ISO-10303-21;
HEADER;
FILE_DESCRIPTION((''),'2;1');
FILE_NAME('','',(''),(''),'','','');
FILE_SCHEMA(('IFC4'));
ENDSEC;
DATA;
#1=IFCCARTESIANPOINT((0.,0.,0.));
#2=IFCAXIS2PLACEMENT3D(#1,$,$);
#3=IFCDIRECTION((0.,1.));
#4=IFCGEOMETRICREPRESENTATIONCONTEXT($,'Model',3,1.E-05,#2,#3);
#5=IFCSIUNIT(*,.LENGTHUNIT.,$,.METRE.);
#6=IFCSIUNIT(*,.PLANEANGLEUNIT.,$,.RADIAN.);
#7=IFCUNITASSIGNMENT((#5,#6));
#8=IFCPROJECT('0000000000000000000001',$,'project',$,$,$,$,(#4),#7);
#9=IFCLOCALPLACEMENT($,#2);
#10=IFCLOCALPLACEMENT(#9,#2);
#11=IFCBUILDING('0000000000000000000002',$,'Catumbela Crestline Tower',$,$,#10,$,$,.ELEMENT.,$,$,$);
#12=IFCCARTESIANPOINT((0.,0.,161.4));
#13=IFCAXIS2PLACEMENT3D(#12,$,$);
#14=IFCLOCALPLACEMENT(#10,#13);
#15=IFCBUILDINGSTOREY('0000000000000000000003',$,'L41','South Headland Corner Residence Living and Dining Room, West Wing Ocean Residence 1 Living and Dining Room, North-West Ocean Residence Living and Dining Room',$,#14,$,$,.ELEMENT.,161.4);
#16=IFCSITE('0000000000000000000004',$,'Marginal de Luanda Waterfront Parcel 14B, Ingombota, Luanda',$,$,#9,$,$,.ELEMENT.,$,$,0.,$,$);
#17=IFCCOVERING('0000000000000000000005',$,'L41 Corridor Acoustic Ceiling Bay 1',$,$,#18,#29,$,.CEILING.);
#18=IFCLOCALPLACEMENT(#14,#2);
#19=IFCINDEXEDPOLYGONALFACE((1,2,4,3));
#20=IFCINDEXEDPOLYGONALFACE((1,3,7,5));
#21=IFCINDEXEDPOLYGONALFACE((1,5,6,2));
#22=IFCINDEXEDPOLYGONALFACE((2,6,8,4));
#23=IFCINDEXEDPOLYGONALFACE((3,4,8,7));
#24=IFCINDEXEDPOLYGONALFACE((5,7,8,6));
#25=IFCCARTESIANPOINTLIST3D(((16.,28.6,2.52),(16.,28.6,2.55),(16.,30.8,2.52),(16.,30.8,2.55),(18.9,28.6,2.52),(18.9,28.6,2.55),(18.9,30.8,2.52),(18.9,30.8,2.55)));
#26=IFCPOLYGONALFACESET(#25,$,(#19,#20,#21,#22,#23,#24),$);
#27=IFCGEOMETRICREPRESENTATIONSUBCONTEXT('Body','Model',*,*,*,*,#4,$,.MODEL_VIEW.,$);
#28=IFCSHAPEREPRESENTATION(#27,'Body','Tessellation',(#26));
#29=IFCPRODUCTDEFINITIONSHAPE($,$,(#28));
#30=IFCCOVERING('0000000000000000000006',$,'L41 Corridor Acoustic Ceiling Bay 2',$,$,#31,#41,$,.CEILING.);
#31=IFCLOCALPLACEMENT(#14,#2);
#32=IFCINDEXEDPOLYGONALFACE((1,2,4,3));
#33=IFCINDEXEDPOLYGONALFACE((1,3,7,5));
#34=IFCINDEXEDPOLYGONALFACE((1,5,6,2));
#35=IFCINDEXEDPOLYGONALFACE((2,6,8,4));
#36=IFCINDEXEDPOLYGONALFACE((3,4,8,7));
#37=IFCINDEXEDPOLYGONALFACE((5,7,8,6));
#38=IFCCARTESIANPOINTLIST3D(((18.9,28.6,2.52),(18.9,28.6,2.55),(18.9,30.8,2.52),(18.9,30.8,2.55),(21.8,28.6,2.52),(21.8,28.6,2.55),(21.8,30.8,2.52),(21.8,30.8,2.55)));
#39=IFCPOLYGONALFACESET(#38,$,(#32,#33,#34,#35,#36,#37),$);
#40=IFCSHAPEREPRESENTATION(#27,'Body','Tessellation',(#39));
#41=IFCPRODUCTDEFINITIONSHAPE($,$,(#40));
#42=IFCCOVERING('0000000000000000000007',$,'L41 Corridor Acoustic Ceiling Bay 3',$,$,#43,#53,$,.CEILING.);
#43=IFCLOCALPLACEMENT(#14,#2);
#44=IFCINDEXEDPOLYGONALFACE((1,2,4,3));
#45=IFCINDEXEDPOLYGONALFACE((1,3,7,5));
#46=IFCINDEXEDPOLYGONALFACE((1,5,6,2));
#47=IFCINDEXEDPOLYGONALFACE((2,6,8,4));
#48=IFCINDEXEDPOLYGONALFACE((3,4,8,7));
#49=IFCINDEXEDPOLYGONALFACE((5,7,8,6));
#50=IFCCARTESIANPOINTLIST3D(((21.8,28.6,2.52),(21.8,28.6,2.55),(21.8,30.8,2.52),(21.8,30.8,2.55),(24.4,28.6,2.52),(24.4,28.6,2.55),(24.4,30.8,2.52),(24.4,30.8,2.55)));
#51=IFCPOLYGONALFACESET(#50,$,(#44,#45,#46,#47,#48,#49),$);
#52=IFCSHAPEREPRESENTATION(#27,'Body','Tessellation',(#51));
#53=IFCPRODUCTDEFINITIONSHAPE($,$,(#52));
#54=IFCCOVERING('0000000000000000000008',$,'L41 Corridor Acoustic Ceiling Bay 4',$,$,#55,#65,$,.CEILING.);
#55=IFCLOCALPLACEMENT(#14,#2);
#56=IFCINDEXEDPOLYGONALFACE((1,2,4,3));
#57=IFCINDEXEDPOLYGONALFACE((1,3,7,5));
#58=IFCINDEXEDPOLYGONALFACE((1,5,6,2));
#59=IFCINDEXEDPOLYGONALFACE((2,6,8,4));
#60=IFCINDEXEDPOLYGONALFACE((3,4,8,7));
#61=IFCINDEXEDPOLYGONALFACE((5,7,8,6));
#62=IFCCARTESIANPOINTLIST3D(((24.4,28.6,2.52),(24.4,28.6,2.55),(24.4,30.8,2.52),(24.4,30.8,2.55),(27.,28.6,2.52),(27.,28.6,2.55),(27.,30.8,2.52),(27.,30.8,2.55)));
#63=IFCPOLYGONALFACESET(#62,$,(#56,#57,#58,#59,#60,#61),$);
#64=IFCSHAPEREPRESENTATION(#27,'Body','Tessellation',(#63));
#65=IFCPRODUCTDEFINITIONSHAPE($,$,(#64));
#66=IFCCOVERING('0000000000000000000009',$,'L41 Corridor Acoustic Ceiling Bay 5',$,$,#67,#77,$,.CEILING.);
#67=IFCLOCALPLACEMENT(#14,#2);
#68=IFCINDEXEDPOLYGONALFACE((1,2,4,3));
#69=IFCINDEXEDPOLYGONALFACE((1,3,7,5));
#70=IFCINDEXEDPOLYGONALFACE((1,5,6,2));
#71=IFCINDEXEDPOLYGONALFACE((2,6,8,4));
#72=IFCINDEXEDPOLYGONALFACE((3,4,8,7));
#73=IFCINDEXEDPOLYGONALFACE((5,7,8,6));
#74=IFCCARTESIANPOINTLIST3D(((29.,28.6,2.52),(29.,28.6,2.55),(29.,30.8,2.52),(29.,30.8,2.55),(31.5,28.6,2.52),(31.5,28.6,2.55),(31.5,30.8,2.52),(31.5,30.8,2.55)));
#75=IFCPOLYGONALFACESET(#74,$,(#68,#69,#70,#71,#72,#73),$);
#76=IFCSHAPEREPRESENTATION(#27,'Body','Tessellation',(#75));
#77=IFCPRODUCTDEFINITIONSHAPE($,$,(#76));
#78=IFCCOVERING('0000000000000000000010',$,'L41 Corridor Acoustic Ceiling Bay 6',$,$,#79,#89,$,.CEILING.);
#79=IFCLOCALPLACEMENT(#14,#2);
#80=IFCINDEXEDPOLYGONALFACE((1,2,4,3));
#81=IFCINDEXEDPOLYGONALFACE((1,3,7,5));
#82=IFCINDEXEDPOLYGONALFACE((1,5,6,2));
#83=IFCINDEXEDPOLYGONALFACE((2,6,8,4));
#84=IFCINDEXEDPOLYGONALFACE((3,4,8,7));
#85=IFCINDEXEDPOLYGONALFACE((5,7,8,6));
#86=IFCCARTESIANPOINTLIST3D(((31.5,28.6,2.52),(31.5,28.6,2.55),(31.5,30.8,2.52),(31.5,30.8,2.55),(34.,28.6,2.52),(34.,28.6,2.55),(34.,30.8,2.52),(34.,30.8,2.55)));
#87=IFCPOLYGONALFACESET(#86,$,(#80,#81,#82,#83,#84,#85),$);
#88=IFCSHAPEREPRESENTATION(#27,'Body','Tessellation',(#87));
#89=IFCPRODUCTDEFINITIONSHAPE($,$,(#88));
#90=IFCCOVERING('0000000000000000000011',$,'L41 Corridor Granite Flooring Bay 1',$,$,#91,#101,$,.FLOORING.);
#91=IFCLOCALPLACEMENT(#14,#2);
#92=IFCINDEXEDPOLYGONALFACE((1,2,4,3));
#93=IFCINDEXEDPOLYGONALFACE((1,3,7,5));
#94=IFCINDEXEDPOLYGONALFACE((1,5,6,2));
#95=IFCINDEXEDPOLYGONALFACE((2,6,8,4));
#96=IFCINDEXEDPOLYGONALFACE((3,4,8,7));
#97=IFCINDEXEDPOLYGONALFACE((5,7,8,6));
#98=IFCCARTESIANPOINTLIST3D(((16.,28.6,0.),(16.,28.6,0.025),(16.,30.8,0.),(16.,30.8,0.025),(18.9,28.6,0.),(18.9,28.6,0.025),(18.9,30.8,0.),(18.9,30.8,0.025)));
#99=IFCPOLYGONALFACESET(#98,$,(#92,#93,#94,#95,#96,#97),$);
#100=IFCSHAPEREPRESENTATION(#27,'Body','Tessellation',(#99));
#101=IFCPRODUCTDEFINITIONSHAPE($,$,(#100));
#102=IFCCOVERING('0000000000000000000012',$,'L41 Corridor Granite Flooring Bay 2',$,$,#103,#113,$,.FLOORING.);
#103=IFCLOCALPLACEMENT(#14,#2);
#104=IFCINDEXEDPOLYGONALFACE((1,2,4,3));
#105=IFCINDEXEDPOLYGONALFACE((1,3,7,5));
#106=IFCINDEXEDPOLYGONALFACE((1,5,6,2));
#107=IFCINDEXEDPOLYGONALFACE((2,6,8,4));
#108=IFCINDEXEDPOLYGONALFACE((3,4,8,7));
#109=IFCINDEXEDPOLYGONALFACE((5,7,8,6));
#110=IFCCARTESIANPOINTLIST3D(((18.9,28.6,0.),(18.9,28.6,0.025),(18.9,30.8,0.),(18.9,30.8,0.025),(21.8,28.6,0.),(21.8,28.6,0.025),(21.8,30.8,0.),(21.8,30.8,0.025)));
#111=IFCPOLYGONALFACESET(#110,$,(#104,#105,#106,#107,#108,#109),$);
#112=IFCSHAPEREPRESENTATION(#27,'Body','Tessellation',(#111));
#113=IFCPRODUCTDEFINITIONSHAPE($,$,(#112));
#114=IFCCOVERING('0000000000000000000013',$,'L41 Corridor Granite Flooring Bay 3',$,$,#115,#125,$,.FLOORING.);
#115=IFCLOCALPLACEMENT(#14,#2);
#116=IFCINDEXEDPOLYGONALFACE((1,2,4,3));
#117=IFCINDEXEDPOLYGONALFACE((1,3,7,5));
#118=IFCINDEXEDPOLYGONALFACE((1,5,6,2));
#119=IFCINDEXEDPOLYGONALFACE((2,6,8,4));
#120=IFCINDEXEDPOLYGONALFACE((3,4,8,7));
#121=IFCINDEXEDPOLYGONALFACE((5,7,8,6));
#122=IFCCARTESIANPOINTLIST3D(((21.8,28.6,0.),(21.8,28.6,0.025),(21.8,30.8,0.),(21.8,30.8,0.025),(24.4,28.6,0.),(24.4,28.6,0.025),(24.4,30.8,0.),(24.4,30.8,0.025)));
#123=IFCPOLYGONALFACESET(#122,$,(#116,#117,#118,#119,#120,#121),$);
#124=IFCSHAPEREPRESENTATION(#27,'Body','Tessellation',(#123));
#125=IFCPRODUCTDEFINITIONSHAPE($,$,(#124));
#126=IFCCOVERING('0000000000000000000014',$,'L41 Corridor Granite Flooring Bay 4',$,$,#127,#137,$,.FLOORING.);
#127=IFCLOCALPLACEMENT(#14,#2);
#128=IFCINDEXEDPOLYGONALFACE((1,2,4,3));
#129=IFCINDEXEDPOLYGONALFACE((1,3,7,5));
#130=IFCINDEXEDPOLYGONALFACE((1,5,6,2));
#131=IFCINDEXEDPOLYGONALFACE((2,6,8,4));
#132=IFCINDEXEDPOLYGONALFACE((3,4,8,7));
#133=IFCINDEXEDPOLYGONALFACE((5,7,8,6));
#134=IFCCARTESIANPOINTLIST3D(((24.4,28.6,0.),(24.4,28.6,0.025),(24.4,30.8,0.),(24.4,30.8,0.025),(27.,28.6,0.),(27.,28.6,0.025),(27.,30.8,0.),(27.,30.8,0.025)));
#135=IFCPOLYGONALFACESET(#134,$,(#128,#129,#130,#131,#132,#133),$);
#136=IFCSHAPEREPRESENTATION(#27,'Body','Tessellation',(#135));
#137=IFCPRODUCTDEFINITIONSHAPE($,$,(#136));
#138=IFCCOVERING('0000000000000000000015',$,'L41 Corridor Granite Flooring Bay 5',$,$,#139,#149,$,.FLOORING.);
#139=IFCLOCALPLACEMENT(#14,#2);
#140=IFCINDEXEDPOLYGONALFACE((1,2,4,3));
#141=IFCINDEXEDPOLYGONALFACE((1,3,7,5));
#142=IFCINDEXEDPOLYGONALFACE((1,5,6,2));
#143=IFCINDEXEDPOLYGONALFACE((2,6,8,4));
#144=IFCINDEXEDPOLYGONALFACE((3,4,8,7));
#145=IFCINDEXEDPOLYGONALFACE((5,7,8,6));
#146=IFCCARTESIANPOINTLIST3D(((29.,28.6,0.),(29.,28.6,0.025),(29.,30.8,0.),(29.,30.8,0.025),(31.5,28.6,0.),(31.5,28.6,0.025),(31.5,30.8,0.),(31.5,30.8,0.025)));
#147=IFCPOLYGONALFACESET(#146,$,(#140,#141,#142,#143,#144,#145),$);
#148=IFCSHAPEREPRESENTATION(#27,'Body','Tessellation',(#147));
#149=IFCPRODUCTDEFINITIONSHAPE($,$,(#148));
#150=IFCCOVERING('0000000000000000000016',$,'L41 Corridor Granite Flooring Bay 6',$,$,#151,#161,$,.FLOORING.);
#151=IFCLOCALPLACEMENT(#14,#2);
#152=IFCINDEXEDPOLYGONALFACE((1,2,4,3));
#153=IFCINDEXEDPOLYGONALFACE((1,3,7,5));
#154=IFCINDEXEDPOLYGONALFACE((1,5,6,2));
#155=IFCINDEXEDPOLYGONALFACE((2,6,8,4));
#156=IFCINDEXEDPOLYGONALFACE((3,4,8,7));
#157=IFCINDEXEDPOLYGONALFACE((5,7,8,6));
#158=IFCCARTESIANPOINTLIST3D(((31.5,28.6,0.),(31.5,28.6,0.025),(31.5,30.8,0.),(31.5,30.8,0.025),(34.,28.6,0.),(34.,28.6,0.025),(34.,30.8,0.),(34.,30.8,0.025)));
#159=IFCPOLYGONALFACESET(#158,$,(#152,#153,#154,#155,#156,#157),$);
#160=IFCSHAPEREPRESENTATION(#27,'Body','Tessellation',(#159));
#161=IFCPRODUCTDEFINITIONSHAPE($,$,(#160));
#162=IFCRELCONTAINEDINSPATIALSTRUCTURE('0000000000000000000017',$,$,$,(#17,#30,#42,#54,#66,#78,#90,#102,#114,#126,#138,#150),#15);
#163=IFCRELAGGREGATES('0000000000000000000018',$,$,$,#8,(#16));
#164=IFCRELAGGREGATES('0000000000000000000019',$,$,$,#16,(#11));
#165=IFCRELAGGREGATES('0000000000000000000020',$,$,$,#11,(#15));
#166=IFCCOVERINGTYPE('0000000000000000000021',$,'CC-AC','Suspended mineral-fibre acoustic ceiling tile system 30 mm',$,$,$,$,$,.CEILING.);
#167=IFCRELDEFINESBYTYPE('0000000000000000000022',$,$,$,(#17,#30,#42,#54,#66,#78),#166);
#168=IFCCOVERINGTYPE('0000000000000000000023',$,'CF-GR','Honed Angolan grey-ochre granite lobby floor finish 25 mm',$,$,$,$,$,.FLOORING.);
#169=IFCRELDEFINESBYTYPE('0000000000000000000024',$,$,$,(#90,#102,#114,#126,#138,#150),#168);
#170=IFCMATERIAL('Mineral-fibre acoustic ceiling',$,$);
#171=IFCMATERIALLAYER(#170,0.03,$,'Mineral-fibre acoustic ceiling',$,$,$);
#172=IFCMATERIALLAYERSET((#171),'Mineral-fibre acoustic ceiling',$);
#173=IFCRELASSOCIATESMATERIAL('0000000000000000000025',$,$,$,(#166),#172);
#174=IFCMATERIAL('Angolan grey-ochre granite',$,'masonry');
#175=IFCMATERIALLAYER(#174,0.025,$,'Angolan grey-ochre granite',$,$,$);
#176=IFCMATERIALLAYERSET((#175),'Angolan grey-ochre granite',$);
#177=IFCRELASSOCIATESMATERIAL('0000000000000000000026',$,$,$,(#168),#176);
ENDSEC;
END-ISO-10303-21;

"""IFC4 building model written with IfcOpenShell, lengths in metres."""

from ifc_helpers import new_model, si_unit, direction, frame, origin, place, context, subcontext, project, spatial, polyline, outline, extrude, material, layer, layer_set, type_object, element, save


model = new_model("IFC4")

# Units and contexts
model_context = context("Model", 3, precision=1e-05, world=origin(), true_north=direction((0.0, 1.0)))
body_context = subcontext(model_context, "Body", "Model", "MODEL_VIEW")
ifc_project = project(units=[si_unit("LENGTHUNIT", "METRE"), si_unit("PLANEANGLEUNIT", "RADIAN")], contexts=[model_context])

# Site, building, storey
site_placement = place(None, origin())
site = spatial("IfcSite", under=ifc_project, at=site_placement, Name="Marginal de Luanda Waterfront Parcel 14B, Ingombota, Luanda", CompositionType="ELEMENT", RefElevation=0.0)
building_placement = place(site_placement, origin())
building = spatial("IfcBuilding", under=site, at=building_placement, Name="Catumbela Crestline Tower", CompositionType="ELEMENT")
storey_placement = place(building_placement, frame((0.0, 0.0, 161.4)))
storey = spatial("IfcBuildingStorey", under=building, at=storey_placement, Name="L41", Description="South Headland Corner Residence Living and Dining Room, West Wing Ocean Residence 1 Living and Dining Room, North-West Ocean Residence Living and Dining Room", CompositionType="ELEMENT", Elevation=161.4)

# Coverings
ifc_material_1 = material(Name="Mineral-fibre acoustic ceiling")
ifc_layer_1 = layer(ifc_material_1, 0.03, Name="Mineral-fibre acoustic ceiling")
ifc_layer_set_1 = layer_set([ifc_layer_1], Name="Mineral-fibre acoustic ceiling")
covering_type_1 = type_object("IfcCoveringType", Name="CC-AC", Description="Suspended mineral-fibre acoustic ceiling tile system 30 mm", PredefinedType="CEILING", material=ifc_layer_set_1)
covering_1_placement = place(storey_placement, frame((0.0, 0.0, 2.52)))
element("IfcCovering", 1, at=covering_1_placement, inside=storey, type_object=covering_type_1, Name="L41 Corridor Acoustic Ceiling Bay 1", PredefinedType="CEILING", context=body_context, shape_type="SweptSolid", body=[
    extrude(outline(polyline([(16.0, 28.6), (18.9, 28.6), (18.9, 30.8), (16.0, 30.8), (16.0, 28.6)])), origin(), (0.0, 0.0, 1.0), 0.03),
])
covering_2_placement = place(storey_placement, frame((0.0, 0.0, 2.52)))
element("IfcCovering", 2, at=covering_2_placement, inside=storey, type_object=covering_type_1, Name="L41 Corridor Acoustic Ceiling Bay 2", PredefinedType="CEILING", context=body_context, shape_type="SweptSolid", body=[
    extrude(outline(polyline([(18.9, 28.6), (21.8, 28.6), (21.8, 30.8), (18.9, 30.8), (18.9, 28.6)])), origin(), (0.0, 0.0, 1.0), 0.03),
])
covering_3_placement = place(storey_placement, frame((0.0, 0.0, 2.52)))
element("IfcCovering", 3, at=covering_3_placement, inside=storey, type_object=covering_type_1, Name="L41 Corridor Acoustic Ceiling Bay 3", PredefinedType="CEILING", context=body_context, shape_type="SweptSolid", body=[
    extrude(outline(polyline([(21.8, 28.6), (24.4, 28.6), (24.4, 30.8), (21.8, 30.8), (21.8, 28.6)])), origin(), (0.0, 0.0, 1.0), 0.03),
])
covering_4_placement = place(storey_placement, frame((0.0, 0.0, 2.52)))
element("IfcCovering", 4, at=covering_4_placement, inside=storey, type_object=covering_type_1, Name="L41 Corridor Acoustic Ceiling Bay 4", PredefinedType="CEILING", context=body_context, shape_type="SweptSolid", body=[
    extrude(outline(polyline([(24.4, 28.6), (27.0, 28.6), (27.0, 30.8), (24.4, 30.8), (24.4, 28.6)])), origin(), (0.0, 0.0, 1.0), 0.03),
])
covering_5_placement = place(storey_placement, frame((0.0, 0.0, 2.52)))
element("IfcCovering", 5, at=covering_5_placement, inside=storey, type_object=covering_type_1, Name="L41 Corridor Acoustic Ceiling Bay 5", PredefinedType="CEILING", context=body_context, shape_type="SweptSolid", body=[
    extrude(outline(polyline([(29.0, 28.6), (31.5, 28.6), (31.5, 30.8), (29.0, 30.8), (29.0, 28.6)])), origin(), (0.0, 0.0, 1.0), 0.03),
])
covering_6_placement = place(storey_placement, frame((0.0, 0.0, 2.52)))
element("IfcCovering", 6, at=covering_6_placement, inside=storey, type_object=covering_type_1, Name="L41 Corridor Acoustic Ceiling Bay 6", PredefinedType="CEILING", context=body_context, shape_type="SweptSolid", body=[
    extrude(outline(polyline([(31.5, 28.6), (34.0, 28.6), (34.0, 30.8), (31.5, 30.8), (31.5, 28.6)])), origin(), (0.0, 0.0, 1.0), 0.03),
])
ifc_material_2 = material(Name="Angolan grey-ochre granite", Category="masonry")
ifc_layer_2 = layer(ifc_material_2, 0.025, Name="Angolan grey-ochre granite")
ifc_layer_set_2 = layer_set([ifc_layer_2], Name="Angolan grey-ochre granite")
covering_type_2 = type_object("IfcCoveringType", Name="CF-GR", Description="Honed Angolan grey-ochre granite lobby floor finish 25 mm", PredefinedType="FLOORING", material=ifc_layer_set_2)
covering_7_placement = place(storey_placement, origin())
element("IfcCovering", 7, at=covering_7_placement, inside=storey, type_object=covering_type_2, Name="L41 Corridor Granite Flooring Bay 1", PredefinedType="FLOORING", context=body_context, shape_type="SweptSolid", body=[
    extrude(outline(polyline([(16.0, 28.6), (18.9, 28.6), (18.9, 30.8), (16.0, 30.8), (16.0, 28.6)])), origin(), (0.0, 0.0, 1.0), 0.025),
])
covering_8_placement = place(storey_placement, origin())
element("IfcCovering", 8, at=covering_8_placement, inside=storey, type_object=covering_type_2, Name="L41 Corridor Granite Flooring Bay 2", PredefinedType="FLOORING", context=body_context, shape_type="SweptSolid", body=[
    extrude(outline(polyline([(18.9, 28.6), (21.8, 28.6), (21.8, 30.8), (18.9, 30.8), (18.9, 28.6)])), origin(), (0.0, 0.0, 1.0), 0.025),
])
covering_9_placement = place(storey_placement, origin())
element("IfcCovering", 9, at=covering_9_placement, inside=storey, type_object=covering_type_2, Name="L41 Corridor Granite Flooring Bay 3", PredefinedType="FLOORING", context=body_context, shape_type="SweptSolid", body=[
    extrude(outline(polyline([(21.8, 28.6), (24.4, 28.6), (24.4, 30.8), (21.8, 30.8), (21.8, 28.6)])), origin(), (0.0, 0.0, 1.0), 0.025),
])
covering_10_placement = place(storey_placement, origin())
element("IfcCovering", 10, at=covering_10_placement, inside=storey, type_object=covering_type_2, Name="L41 Corridor Granite Flooring Bay 4", PredefinedType="FLOORING", context=body_context, shape_type="SweptSolid", body=[
    extrude(outline(polyline([(24.4, 28.6), (27.0, 28.6), (27.0, 30.8), (24.4, 30.8), (24.4, 28.6)])), origin(), (0.0, 0.0, 1.0), 0.025),
])
covering_11_placement = place(storey_placement, origin())
element("IfcCovering", 11, at=covering_11_placement, inside=storey, type_object=covering_type_2, Name="L41 Corridor Granite Flooring Bay 5", PredefinedType="FLOORING", context=body_context, shape_type="SweptSolid", body=[
    extrude(outline(polyline([(29.0, 28.6), (31.5, 28.6), (31.5, 30.8), (29.0, 30.8), (29.0, 28.6)])), origin(), (0.0, 0.0, 1.0), 0.025),
])
covering_12_placement = place(storey_placement, origin())
element("IfcCovering", 12, at=covering_12_placement, inside=storey, type_object=covering_type_2, Name="L41 Corridor Granite Flooring Bay 6", PredefinedType="FLOORING", context=body_context, shape_type="SweptSolid", body=[
    extrude(outline(polyline([(31.5, 28.6), (34.0, 28.6), (34.0, 30.8), (31.5, 30.8), (31.5, 28.6)])), origin(), (0.0, 0.0, 1.0), 0.025),
])

save(model, "model.ifc")
